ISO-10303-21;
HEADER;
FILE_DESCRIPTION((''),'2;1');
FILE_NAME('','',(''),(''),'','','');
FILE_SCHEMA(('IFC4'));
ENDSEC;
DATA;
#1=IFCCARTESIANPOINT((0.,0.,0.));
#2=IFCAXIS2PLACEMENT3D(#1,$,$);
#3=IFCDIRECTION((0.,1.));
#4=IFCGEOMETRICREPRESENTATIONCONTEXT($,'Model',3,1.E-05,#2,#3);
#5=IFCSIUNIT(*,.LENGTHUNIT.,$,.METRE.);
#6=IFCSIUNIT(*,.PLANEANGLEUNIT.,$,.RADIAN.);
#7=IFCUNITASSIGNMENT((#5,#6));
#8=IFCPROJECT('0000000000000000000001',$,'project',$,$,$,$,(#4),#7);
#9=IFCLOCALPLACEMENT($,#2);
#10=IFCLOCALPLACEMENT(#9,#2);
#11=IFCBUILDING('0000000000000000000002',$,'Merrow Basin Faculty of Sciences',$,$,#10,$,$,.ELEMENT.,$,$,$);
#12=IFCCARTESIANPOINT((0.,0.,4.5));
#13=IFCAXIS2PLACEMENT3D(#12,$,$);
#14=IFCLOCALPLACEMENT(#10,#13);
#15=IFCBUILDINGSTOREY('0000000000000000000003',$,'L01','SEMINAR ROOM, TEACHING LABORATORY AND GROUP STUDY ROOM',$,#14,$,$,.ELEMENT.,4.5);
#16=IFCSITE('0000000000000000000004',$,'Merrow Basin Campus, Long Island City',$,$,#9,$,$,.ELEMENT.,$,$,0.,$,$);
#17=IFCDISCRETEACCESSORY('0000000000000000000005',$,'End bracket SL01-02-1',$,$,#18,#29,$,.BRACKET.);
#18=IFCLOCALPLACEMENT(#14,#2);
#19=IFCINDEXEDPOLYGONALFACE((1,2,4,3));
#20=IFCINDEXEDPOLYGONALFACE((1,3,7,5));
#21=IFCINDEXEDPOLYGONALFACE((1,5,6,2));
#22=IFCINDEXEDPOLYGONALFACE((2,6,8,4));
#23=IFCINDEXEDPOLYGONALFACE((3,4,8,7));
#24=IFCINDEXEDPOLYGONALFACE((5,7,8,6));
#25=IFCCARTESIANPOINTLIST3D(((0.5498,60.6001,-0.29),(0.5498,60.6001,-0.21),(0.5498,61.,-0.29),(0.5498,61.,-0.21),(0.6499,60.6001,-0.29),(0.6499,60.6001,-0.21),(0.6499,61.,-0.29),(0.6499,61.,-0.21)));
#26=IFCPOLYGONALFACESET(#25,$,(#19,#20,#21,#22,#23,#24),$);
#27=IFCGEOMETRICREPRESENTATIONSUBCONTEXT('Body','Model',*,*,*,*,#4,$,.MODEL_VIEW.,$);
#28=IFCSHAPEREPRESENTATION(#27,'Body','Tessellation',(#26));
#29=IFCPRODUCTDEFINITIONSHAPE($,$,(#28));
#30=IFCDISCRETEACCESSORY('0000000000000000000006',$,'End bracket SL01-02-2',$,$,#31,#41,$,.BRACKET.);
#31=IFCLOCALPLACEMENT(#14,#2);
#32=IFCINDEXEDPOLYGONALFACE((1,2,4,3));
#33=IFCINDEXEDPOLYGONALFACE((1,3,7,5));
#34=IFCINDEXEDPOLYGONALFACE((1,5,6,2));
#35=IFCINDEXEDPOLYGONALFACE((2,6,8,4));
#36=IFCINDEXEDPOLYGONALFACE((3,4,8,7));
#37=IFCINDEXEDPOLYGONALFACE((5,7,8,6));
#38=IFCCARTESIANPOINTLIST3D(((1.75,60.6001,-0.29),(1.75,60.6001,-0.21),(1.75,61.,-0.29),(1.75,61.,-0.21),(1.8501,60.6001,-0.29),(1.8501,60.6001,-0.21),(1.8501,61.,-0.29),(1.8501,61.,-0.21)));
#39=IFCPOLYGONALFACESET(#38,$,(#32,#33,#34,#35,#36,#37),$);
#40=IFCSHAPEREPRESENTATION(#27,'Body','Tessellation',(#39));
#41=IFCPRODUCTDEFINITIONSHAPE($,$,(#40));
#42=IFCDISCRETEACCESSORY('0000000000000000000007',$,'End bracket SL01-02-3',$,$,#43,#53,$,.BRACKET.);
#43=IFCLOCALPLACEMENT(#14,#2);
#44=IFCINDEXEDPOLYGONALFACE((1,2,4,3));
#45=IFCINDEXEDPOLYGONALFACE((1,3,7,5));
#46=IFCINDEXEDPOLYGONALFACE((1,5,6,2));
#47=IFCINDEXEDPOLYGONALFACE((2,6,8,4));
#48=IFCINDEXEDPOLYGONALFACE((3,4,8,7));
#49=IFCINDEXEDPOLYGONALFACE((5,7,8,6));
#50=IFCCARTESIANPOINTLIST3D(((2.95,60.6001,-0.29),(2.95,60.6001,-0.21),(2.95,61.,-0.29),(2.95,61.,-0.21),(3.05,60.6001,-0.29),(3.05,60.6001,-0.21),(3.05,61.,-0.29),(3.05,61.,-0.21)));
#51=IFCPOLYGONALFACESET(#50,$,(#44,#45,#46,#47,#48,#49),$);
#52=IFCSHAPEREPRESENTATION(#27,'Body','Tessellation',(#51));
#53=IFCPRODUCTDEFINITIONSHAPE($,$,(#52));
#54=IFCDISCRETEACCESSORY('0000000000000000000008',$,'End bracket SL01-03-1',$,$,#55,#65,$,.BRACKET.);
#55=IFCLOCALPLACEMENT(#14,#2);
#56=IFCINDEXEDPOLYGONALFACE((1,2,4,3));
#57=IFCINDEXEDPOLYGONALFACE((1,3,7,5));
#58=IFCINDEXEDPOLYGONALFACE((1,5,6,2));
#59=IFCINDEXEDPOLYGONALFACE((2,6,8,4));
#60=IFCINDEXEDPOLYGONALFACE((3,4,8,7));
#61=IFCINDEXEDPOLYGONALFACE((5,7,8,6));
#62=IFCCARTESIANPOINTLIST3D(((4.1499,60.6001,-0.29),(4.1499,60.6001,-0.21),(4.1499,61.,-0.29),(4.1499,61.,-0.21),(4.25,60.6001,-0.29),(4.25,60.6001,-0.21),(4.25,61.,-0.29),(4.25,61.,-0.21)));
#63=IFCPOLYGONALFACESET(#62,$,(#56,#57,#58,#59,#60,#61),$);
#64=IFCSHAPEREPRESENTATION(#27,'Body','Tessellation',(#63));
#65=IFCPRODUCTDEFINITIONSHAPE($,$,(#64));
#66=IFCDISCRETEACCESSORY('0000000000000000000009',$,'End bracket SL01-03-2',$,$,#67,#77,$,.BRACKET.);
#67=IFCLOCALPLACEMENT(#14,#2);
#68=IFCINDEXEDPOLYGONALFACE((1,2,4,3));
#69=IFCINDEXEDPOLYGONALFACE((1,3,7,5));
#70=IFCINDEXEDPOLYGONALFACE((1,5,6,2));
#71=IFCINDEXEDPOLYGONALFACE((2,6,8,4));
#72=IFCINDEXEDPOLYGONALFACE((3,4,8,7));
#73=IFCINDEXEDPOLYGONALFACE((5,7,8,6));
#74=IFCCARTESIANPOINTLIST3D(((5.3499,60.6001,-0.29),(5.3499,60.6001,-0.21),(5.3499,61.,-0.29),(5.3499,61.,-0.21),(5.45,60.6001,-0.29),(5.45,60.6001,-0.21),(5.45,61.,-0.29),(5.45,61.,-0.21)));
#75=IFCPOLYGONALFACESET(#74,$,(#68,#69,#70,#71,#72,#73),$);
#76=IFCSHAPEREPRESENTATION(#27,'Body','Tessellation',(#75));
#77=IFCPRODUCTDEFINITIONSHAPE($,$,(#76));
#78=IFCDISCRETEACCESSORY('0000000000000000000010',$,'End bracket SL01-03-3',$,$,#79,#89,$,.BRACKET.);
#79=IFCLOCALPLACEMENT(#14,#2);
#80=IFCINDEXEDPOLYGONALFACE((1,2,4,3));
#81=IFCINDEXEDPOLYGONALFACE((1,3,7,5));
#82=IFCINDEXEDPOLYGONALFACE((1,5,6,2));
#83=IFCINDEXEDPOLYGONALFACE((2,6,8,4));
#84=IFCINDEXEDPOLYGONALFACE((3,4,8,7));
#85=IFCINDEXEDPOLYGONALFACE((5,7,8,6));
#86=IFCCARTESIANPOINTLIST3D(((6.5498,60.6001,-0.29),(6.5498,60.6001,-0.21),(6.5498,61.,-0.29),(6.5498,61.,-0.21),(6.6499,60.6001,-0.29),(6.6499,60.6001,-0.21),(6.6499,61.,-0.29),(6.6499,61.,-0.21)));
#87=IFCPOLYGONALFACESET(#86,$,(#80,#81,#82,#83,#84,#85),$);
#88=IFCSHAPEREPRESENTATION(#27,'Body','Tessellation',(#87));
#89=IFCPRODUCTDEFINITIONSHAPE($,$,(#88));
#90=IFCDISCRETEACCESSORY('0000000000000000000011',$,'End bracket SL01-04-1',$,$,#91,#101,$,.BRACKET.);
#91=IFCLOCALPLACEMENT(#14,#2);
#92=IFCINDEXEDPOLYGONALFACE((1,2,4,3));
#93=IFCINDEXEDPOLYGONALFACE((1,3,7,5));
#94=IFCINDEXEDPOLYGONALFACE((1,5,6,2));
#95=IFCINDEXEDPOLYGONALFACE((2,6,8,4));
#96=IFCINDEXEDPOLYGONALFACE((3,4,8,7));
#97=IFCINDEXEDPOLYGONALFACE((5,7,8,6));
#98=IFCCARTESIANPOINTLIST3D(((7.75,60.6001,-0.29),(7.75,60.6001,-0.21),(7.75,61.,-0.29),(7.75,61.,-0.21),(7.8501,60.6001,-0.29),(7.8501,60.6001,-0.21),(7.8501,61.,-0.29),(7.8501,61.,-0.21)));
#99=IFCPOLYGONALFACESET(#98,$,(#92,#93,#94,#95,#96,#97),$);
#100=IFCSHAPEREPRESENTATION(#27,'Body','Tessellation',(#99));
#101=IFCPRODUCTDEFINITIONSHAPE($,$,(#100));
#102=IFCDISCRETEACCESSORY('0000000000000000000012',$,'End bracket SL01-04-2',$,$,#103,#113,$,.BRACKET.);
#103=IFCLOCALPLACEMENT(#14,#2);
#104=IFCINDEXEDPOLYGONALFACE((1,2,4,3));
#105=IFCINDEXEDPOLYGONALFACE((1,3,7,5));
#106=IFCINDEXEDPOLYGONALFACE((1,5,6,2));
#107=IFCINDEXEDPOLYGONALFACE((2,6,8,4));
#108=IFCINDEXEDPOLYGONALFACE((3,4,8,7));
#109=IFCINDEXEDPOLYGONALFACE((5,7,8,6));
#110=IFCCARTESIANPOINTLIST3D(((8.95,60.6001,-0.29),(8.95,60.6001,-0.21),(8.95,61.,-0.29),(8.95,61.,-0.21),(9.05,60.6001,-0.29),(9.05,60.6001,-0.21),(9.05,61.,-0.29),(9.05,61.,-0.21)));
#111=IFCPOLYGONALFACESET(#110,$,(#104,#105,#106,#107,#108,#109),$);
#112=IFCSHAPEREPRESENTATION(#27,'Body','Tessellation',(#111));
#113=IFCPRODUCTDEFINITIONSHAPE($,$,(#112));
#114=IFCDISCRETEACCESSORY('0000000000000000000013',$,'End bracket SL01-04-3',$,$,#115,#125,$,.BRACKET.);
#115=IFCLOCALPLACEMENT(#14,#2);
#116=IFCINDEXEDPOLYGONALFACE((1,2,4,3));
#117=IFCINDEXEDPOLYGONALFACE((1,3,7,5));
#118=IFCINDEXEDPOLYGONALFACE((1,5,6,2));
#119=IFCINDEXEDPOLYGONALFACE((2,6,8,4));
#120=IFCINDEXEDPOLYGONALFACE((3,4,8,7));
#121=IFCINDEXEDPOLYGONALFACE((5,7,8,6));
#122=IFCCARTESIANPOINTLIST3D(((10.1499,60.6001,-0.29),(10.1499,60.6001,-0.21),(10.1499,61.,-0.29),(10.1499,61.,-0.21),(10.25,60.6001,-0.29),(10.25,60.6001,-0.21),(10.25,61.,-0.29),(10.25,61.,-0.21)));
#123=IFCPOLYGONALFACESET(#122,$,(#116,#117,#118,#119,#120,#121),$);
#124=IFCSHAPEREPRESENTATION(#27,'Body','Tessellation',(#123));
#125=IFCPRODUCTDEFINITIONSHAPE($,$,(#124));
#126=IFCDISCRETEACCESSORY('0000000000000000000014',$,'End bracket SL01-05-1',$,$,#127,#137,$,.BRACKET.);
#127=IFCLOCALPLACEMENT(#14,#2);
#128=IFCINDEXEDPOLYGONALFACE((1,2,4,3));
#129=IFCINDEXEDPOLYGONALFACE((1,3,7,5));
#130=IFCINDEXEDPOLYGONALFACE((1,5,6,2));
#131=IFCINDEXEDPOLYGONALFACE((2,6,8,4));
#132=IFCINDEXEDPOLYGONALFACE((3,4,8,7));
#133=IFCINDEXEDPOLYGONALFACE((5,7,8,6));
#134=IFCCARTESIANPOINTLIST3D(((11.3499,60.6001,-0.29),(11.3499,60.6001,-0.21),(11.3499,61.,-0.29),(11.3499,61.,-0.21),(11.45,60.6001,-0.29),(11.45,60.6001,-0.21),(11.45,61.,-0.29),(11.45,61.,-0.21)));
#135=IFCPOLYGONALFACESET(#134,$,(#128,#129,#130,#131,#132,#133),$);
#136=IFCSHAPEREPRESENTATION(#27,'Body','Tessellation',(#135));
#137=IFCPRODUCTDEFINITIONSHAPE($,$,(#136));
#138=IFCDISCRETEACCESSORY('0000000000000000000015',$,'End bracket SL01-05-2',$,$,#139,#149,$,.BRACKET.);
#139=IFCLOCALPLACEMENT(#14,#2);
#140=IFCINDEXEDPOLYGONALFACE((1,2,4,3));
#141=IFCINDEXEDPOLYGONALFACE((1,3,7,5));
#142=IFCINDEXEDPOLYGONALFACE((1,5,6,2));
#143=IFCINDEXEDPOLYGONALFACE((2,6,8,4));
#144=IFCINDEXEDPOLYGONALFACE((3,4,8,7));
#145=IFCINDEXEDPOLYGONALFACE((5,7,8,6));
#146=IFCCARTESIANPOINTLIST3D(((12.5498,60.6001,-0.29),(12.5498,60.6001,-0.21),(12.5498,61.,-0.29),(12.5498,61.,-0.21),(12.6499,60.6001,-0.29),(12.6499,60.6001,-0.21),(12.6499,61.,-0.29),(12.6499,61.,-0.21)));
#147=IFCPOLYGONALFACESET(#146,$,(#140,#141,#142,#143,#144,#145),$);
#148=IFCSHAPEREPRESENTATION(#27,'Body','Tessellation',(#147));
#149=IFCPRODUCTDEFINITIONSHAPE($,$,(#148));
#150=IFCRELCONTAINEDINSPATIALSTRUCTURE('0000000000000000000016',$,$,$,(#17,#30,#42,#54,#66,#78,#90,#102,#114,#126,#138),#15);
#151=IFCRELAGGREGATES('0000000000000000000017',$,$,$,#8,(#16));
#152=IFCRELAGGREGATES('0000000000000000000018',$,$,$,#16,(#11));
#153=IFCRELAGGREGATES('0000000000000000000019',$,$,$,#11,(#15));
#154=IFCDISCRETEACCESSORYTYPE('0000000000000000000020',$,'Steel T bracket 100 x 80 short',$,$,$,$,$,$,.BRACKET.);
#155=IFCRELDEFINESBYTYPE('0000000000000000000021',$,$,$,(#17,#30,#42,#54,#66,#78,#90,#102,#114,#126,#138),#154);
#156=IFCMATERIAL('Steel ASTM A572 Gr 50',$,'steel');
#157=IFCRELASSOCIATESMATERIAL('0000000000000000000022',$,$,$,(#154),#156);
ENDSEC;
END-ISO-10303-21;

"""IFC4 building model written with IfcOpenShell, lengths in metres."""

from ifc_helpers import new_model, si_unit, direction, frame, origin, place, context, subcontext, project, spatial, polyline, outline, extrude, source, transform, mapped, material, type_object, element, save


model = new_model("IFC4")

# Units and contexts
model_context = context("Model", 3, precision=1e-05, world=origin(), true_north=direction((0.0, 1.0)))
body_context = subcontext(model_context, "Body", "Model", "MODEL_VIEW")
ifc_project = project(units=[si_unit("LENGTHUNIT", "METRE"), si_unit("PLANEANGLEUNIT", "RADIAN")], contexts=[model_context])

# Site, building, storey
site_placement = place(None, origin())
site = spatial("IfcSite", under=ifc_project, at=site_placement, Name="Merrow Basin Campus, Long Island City", CompositionType="ELEMENT", RefElevation=0.0)
building_placement = place(site_placement, origin())
building = spatial("IfcBuilding", under=site, at=building_placement, Name="Merrow Basin Faculty of Sciences", CompositionType="ELEMENT")
storey_placement = place(building_placement, frame((0.0, 0.0, 4.5)))
storey = spatial("IfcBuildingStorey", under=building, at=storey_placement, Name="L01", Description="SEMINAR ROOM, TEACHING LABORATORY AND GROUP STUDY ROOM", CompositionType="ELEMENT", Elevation=4.5)

# Discrete accessories
ifc_material_1 = material(Name="Steel ASTM A572 Gr 50", Category="steel")
discrete_accessory_type_1 = type_object("IfcDiscreteAccessoryType", Name="Steel T bracket 100 x 80 short", PredefinedType="BRACKET", material=ifc_material_1)
shared_shape_1 = source(origin(), body_context, "Body", "SweptSolid", [
    extrude(outline(polyline([(0.0, 0.0), (0.1001, 0.0), (0.1001, 0.0801), (0.0, 0.0801), (0.0, 0.0)])), origin(), (0.0, 0.0, 1.0), 0.3999),
])
for number, where, z_axis, x_axis, name in (
    (1, (0.6499, 60.6001, -0.29), (0.0, 1.0, 0.0), (-1.0, 0.0, 0.0), "End bracket SL01-02-1"),
    (2, (1.8501, 60.6001, -0.29), (0.0, 1.0, 0.0), (-1.0, 0.0, 0.0), "End bracket SL01-02-2"),
    (3, (3.05, 60.6001, -0.29), (0.0, 1.0, 0.0), (-1.0, 0.0, 0.0), "End bracket SL01-02-3"),
    (4, (4.25, 60.6001, -0.29), (0.0, 1.0, 0.0), (-1.0, 0.0, 0.0), "End bracket SL01-03-1"),
    (5, (5.45, 60.6001, -0.29), (0.0, 1.0, 0.0), (-1.0, 0.0, 0.0), "End bracket SL01-03-2"),
    (6, (6.6499, 60.6001, -0.29), (0.0, 1.0, 0.0), (-1.0, 0.0, 0.0), "End bracket SL01-03-3"),
    (7, (7.8501, 60.6001, -0.29), (0.0, 1.0, 0.0), (-1.0, 0.0, 0.0), "End bracket SL01-04-1"),
    (8, (9.05, 60.6001, -0.29), (0.0, 1.0, 0.0), (-1.0, 0.0, 0.0), "End bracket SL01-04-2"),
    (9, (10.25, 60.6001, -0.29), (0.0, 1.0, 0.0), (-1.0, 0.0, 0.0), "End bracket SL01-04-3"),
    (10, (11.45, 60.6001, -0.29), (0.0, 1.0, 0.0), (-1.0, 0.0, 0.0), "End bracket SL01-05-1"),
    (11, (12.6499, 60.6001, -0.29), (0.0, 1.0, 0.0), (-1.0, 0.0, 0.0), "End bracket SL01-05-2"),
):
    element("IfcDiscreteAccessory", number, at=place(storey_placement, frame(where, z_axis=z_axis, x_axis=x_axis)), inside=storey, type_object=discrete_accessory_type_1, Name=name, PredefinedType="BRACKET", context=body_context, shape_type="MappedRepresentation", body=[
        mapped(shared_shape_1, transform((0.0, 0.0, 0.0), scale=1.0)),
    ])

save(model, "model.ifc")
